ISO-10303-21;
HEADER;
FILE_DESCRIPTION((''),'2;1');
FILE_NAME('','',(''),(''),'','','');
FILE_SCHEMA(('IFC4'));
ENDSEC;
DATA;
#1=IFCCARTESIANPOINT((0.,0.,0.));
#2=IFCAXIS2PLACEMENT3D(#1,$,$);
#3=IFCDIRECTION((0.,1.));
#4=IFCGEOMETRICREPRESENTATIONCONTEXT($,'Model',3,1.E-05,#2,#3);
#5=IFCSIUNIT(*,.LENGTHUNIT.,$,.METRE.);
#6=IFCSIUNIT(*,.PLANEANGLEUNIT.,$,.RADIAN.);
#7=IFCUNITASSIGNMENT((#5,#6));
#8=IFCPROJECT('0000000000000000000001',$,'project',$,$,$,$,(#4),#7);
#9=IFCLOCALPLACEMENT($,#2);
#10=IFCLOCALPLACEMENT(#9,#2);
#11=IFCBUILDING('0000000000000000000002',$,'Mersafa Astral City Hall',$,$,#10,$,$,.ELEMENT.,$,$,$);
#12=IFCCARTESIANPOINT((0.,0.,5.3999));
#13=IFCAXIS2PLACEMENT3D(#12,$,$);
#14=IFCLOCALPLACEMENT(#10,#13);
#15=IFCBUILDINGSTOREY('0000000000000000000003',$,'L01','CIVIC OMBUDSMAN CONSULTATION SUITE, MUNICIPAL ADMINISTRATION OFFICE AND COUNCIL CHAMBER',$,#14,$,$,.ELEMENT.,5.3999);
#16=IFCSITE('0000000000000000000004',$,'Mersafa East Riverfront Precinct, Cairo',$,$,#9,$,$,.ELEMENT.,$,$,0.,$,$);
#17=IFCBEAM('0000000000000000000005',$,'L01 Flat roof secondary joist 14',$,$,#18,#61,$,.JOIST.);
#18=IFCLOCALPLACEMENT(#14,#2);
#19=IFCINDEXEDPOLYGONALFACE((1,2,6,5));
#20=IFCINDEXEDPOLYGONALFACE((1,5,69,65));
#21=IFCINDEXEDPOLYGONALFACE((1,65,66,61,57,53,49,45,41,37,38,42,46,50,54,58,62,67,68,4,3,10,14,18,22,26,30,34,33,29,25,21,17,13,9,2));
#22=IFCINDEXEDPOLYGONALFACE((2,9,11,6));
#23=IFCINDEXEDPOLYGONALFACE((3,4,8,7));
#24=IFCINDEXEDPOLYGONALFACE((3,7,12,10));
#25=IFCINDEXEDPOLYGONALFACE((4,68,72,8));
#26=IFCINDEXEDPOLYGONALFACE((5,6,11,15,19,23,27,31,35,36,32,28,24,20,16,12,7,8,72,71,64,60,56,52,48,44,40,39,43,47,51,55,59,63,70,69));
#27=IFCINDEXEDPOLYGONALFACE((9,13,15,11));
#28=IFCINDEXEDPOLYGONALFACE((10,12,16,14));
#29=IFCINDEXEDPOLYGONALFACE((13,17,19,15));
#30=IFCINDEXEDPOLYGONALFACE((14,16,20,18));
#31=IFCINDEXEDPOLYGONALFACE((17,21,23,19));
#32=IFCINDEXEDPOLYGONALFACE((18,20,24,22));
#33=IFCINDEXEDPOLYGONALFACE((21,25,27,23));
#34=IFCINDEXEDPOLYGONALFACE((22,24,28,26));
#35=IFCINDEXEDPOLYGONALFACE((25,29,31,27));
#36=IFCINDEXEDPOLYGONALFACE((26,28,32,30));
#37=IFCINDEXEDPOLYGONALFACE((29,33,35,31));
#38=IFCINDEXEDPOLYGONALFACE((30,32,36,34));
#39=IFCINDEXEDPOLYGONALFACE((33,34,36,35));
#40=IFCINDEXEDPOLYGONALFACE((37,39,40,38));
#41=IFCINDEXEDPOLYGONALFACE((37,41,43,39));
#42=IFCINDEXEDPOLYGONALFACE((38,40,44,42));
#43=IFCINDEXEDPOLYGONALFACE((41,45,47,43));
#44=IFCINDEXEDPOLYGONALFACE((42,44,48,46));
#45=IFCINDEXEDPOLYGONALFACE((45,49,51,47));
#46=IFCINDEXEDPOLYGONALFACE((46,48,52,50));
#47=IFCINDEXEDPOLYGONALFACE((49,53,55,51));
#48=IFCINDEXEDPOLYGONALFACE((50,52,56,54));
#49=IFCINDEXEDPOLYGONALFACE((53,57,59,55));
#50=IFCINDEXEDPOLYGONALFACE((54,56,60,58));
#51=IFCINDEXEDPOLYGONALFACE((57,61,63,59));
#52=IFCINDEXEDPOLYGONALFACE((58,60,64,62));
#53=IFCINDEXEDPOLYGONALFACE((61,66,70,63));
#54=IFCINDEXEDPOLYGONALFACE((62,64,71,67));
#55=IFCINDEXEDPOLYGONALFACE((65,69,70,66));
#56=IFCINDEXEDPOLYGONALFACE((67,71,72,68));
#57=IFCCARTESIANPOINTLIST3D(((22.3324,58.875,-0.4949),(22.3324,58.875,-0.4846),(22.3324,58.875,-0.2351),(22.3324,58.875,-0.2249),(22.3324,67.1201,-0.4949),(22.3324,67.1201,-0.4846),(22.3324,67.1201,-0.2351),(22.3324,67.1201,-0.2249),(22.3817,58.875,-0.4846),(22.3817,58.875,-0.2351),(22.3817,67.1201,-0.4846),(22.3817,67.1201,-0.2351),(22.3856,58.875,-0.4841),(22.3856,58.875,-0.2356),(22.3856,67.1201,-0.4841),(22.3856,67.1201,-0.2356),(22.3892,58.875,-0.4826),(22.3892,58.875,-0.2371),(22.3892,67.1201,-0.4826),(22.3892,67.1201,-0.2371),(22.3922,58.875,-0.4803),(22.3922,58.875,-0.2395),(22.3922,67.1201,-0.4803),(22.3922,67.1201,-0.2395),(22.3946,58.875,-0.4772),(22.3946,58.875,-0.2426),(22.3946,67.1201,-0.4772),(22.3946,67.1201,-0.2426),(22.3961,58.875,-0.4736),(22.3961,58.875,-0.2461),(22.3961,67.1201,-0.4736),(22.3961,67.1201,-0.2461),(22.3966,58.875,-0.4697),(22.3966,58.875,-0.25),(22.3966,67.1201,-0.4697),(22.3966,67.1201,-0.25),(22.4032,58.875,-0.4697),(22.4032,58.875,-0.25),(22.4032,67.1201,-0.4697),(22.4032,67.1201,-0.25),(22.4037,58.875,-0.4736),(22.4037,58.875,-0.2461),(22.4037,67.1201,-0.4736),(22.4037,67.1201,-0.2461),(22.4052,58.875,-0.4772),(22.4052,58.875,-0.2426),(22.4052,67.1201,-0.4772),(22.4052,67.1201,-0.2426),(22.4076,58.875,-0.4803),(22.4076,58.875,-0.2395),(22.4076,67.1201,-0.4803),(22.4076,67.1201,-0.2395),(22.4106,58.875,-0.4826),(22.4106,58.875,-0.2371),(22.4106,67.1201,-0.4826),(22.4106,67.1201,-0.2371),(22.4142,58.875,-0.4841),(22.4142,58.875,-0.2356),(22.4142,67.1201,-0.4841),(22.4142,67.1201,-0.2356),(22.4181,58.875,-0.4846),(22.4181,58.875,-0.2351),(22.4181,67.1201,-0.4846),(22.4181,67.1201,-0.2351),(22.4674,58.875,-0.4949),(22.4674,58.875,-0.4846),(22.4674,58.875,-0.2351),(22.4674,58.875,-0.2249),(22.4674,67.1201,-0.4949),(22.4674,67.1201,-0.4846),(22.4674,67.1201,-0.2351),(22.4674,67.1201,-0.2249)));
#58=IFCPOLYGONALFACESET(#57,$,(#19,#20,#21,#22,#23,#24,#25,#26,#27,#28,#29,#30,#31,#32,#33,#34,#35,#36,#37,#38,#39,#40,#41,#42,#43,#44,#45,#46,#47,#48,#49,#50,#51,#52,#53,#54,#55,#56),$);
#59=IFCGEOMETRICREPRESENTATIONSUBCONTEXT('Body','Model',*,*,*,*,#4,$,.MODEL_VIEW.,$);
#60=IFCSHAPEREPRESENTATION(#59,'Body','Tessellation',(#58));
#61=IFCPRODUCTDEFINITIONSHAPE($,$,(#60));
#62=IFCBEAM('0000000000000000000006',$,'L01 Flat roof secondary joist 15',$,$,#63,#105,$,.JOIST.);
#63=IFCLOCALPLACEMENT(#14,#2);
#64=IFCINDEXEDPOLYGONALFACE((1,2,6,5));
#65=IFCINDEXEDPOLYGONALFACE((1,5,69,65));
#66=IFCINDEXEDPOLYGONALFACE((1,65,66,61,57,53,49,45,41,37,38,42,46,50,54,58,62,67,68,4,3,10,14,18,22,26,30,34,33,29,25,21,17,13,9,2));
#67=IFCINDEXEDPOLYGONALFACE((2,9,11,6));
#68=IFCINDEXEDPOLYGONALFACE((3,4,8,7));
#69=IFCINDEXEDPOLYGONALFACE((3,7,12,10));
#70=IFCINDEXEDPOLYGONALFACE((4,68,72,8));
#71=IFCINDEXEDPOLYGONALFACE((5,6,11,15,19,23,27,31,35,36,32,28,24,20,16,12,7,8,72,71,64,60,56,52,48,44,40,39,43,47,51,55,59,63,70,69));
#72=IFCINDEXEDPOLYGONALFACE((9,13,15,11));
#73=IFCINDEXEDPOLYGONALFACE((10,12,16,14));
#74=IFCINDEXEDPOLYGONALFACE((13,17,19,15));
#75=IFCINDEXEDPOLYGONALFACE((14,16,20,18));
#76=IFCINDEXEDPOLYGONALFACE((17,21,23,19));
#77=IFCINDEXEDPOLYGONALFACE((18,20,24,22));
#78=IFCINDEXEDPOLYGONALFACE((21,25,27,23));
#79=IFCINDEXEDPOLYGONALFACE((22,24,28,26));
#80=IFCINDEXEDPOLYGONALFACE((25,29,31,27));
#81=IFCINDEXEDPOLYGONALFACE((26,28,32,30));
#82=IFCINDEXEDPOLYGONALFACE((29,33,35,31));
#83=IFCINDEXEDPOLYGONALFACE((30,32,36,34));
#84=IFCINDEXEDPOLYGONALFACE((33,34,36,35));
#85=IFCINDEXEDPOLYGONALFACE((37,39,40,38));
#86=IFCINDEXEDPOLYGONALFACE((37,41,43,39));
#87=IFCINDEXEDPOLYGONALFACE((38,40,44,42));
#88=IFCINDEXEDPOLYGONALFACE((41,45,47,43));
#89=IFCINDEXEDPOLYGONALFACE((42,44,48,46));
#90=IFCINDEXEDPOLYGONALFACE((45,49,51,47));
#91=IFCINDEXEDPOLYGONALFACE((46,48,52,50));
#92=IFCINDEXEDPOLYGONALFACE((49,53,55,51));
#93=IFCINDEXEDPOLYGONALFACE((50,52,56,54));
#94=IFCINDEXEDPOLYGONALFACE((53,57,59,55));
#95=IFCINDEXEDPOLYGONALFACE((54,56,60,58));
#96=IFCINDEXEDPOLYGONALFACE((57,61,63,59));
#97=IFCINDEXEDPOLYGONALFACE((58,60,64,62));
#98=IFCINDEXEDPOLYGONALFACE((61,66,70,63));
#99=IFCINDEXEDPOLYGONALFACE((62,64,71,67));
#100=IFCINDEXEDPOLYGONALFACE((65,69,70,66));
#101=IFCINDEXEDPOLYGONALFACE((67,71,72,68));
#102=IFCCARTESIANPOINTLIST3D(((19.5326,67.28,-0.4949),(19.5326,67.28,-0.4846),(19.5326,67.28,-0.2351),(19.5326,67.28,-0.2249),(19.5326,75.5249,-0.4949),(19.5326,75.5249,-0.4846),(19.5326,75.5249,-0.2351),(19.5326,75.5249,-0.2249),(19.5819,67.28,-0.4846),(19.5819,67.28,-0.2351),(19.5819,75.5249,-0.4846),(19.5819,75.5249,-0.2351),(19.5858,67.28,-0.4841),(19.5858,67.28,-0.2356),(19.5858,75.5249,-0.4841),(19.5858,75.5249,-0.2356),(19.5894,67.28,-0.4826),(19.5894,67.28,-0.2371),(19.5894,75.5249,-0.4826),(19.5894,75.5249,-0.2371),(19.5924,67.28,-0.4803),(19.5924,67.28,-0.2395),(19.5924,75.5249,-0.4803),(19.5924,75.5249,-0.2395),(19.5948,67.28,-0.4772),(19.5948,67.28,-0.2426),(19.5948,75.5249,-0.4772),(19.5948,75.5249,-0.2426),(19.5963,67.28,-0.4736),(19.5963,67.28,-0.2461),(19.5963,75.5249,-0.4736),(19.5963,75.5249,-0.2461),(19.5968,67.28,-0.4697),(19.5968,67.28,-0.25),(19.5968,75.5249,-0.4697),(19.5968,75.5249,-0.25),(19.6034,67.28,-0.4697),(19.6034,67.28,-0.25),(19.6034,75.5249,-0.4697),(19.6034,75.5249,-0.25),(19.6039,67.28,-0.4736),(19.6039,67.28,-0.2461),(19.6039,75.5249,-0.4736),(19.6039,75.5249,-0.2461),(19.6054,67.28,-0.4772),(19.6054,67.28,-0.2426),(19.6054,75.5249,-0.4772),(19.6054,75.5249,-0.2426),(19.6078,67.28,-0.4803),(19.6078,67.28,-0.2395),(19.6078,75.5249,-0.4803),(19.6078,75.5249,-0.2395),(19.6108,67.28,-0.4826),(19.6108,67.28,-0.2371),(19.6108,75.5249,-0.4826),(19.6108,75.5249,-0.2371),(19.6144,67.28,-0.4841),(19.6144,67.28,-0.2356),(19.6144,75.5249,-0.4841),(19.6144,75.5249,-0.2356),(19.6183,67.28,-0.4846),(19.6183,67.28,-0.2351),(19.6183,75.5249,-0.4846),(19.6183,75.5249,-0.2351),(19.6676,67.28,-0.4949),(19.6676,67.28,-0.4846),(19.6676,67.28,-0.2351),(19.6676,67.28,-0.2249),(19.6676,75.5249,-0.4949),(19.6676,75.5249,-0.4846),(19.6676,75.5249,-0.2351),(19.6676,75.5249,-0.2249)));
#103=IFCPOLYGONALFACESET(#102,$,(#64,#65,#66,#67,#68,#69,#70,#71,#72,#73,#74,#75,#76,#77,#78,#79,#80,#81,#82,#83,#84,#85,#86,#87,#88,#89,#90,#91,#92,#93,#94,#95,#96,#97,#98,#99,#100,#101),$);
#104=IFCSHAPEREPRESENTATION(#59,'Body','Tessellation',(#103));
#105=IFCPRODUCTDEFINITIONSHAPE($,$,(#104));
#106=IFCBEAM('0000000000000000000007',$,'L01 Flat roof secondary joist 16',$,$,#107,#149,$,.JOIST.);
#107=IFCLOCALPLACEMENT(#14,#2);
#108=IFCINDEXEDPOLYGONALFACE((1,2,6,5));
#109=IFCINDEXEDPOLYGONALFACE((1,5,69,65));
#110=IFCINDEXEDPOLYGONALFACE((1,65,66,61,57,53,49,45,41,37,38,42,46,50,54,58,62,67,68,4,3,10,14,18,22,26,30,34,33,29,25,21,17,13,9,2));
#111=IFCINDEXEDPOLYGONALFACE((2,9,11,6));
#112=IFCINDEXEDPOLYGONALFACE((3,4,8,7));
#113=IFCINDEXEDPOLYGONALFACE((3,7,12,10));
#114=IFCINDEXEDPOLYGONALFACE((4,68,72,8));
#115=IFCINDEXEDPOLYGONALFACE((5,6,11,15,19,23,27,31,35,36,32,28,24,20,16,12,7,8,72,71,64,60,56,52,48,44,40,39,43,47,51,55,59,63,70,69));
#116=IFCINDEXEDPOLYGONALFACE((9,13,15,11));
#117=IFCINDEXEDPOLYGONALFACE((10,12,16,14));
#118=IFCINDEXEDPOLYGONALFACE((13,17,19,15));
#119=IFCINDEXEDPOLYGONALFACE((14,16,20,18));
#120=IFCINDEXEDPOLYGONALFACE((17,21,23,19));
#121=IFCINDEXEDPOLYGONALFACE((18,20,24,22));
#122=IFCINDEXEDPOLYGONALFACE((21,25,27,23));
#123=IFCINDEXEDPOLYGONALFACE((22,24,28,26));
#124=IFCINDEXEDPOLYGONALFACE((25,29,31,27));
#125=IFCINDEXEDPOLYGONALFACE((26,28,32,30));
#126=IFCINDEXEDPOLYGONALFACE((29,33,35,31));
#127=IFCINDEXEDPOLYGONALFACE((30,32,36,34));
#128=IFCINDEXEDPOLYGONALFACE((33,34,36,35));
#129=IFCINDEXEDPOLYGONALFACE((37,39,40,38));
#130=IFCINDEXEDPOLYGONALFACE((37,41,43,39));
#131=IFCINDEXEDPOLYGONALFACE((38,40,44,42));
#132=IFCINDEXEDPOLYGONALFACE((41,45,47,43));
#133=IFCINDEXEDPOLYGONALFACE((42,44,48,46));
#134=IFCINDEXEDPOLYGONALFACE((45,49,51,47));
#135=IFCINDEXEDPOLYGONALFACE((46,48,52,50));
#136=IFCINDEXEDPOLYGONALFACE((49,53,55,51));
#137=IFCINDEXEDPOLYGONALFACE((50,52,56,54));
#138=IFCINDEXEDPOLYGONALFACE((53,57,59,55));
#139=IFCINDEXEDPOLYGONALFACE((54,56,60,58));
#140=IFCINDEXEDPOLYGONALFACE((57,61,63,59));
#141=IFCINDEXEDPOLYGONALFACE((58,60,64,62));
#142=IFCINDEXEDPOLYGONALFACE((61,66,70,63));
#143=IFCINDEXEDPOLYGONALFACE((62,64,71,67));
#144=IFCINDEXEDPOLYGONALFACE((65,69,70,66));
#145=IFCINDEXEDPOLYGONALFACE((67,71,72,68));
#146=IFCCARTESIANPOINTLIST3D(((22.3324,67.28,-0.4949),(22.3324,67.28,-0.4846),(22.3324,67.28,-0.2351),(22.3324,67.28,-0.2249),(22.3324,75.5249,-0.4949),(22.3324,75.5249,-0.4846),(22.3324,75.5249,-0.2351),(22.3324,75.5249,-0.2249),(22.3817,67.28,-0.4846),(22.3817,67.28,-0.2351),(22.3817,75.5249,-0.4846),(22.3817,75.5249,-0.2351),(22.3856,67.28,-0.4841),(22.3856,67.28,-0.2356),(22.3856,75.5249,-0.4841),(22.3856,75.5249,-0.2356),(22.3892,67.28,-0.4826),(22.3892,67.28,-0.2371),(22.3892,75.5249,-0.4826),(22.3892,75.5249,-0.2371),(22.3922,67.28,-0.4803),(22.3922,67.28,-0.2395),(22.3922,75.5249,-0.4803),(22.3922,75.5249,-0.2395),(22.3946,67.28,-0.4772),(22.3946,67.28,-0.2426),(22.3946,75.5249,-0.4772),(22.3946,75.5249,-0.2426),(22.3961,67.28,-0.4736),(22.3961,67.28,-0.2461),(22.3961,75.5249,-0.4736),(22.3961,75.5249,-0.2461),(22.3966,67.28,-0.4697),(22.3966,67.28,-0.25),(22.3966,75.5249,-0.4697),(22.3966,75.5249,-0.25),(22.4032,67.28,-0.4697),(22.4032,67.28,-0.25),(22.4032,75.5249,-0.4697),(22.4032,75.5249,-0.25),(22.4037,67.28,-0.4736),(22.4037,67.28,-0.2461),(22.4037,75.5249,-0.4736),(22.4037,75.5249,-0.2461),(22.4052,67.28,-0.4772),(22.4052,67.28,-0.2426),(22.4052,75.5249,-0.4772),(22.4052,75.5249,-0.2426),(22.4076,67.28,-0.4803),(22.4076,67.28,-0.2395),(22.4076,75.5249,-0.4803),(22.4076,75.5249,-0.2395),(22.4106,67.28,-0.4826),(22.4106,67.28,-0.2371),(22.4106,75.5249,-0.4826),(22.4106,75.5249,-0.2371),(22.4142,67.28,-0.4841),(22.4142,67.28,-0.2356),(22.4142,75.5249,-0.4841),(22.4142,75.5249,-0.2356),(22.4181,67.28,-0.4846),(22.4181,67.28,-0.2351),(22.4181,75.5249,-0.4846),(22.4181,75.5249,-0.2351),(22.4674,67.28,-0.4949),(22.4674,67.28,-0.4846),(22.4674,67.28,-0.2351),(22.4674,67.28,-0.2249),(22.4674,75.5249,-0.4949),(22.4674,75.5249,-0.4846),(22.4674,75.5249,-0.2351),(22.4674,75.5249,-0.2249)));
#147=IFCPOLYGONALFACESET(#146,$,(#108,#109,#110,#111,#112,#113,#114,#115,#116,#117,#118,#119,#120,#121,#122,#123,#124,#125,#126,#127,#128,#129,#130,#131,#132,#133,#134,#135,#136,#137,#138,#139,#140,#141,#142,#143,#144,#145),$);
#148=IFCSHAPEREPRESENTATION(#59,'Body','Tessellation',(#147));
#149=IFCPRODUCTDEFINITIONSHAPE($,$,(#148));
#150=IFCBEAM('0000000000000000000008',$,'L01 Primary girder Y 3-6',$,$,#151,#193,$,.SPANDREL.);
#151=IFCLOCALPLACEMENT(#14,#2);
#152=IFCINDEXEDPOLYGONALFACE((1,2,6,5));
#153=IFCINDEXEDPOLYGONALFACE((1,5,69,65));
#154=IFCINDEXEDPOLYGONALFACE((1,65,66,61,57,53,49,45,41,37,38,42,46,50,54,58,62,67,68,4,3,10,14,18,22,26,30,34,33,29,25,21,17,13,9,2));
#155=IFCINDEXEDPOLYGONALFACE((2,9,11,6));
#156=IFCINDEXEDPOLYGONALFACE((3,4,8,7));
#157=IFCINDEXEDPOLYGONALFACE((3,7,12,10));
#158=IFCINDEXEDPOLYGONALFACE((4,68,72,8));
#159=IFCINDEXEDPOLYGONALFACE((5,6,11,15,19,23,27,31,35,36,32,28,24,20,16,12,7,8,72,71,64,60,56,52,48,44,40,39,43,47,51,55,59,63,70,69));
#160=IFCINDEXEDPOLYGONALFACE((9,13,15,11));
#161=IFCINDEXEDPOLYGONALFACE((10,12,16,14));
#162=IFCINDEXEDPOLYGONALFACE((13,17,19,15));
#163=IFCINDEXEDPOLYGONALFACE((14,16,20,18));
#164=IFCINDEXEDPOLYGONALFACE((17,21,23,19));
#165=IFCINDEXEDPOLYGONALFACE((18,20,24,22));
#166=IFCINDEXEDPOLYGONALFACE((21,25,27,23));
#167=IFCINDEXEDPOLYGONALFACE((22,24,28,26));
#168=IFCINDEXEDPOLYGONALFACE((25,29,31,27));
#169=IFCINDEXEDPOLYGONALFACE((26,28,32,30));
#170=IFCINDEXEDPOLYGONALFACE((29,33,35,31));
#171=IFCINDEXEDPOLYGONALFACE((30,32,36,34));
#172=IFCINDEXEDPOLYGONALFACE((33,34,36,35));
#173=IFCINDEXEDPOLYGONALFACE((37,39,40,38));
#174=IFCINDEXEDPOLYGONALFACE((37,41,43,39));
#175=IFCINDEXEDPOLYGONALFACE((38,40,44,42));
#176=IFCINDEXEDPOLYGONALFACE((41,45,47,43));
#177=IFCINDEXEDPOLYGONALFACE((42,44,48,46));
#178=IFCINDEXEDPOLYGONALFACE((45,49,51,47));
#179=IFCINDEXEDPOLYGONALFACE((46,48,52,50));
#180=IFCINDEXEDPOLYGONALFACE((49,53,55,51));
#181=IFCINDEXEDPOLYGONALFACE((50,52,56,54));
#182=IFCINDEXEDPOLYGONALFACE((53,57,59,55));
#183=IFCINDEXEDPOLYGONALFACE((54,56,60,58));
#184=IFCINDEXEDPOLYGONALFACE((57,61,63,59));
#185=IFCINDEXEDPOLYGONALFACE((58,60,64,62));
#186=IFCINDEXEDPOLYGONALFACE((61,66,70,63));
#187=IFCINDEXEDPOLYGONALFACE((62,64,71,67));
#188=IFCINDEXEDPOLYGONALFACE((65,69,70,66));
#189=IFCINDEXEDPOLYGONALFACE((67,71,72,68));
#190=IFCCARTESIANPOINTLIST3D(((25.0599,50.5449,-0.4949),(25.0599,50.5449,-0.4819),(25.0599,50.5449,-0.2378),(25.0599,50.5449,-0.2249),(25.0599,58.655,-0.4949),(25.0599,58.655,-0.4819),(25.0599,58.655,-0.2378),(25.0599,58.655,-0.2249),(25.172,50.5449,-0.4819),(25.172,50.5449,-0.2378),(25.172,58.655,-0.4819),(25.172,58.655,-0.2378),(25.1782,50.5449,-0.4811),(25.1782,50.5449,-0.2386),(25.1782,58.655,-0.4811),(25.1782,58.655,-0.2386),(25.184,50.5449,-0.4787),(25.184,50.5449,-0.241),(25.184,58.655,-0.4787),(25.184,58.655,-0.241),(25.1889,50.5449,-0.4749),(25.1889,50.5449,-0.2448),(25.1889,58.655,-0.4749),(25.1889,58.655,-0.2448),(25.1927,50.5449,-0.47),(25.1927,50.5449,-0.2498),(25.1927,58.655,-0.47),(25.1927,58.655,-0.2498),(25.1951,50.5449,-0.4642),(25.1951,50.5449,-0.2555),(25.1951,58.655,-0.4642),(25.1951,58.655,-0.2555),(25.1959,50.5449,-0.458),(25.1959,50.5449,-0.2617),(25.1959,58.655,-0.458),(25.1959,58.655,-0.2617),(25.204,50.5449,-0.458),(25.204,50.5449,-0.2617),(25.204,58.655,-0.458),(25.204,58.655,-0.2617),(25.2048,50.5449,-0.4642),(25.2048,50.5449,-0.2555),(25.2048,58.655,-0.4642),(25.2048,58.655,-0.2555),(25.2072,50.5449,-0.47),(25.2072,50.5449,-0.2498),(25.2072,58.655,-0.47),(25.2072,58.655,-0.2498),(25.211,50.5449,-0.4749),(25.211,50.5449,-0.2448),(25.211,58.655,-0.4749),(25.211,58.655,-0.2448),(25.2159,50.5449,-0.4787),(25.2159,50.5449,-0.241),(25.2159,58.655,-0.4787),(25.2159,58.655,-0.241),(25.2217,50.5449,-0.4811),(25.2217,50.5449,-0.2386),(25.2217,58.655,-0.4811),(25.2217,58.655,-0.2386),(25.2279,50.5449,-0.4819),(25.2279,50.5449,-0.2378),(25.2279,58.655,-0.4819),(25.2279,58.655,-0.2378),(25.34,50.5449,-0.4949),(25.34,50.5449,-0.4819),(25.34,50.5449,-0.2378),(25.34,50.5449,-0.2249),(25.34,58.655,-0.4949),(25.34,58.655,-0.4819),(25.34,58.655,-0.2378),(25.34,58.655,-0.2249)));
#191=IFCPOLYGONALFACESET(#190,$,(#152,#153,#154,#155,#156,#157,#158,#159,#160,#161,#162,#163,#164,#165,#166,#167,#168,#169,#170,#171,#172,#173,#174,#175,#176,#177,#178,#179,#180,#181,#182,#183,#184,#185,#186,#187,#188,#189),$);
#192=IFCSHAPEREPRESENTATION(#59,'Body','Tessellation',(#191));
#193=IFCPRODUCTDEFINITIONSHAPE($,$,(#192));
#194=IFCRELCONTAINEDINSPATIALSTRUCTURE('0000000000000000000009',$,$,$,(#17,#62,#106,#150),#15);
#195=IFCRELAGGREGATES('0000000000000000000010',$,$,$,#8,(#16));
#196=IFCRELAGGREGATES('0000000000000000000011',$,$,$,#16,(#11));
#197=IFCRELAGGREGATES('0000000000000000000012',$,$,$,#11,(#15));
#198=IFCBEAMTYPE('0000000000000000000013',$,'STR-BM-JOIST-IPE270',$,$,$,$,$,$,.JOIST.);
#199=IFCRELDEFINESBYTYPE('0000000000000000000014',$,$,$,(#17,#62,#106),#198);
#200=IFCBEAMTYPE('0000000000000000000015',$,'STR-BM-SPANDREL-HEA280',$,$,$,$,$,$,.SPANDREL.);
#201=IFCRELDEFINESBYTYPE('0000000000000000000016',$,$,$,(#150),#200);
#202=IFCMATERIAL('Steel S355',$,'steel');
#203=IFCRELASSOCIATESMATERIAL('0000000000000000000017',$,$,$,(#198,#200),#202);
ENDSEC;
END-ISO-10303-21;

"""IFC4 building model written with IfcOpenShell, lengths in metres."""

from ifc_helpers import new_model, si_unit, direction, frame, origin, origin_2d, place, context, subcontext, project, spatial, i_section, extrude, material, material_profile, profile_set, type_object, element, save


model = new_model("IFC4")

# Units and contexts
model_context = context("Model", 3, precision=1e-05, world=origin(), true_north=direction((0.0, 1.0)))
body_context = subcontext(model_context, "Body", "Model", "MODEL_VIEW")
ifc_project = project(units=[si_unit("LENGTHUNIT", "METRE"), si_unit("PLANEANGLEUNIT", "RADIAN")], contexts=[model_context])

# Site, building, storey
site_placement = place(None, origin())
site = spatial("IfcSite", under=ifc_project, at=site_placement, Name="Mersafa East Riverfront Precinct, Cairo", CompositionType="ELEMENT", RefElevation=0.0)
building_placement = place(site_placement, origin())
building = spatial("IfcBuilding", under=site, at=building_placement, Name="Mersafa Astral City Hall", CompositionType="ELEMENT")
storey_placement = place(building_placement, frame((0.0, 0.0, 5.3999)))
storey = spatial("IfcBuildingStorey", under=building, at=storey_placement, Name="L01", Description="CIVIC OMBUDSMAN CONSULTATION SUITE, MUNICIPAL ADMINISTRATION OFFICE AND COUNCIL CHAMBER", CompositionType="ELEMENT", Elevation=5.3999)

# Shared definitions
ifc_material_1 = material(Name="Steel S355", Category="steel")

# Beams
ifc_material_profile_1 = material_profile(ifc_material_1, i_section(OverallWidth=0.135, OverallDepth=0.27, WebThickness=0.0066, FlangeThickness=0.0103, FilletRadius=0.0149, at=origin_2d()), Name="IPE 270")
ifc_profile_set_1 = profile_set([ifc_material_profile_1], Name="Steel S355")
beam_type_1 = type_object("IfcBeamType", Name="STR-BM-JOIST-IPE270", PredefinedType="JOIST", material=ifc_profile_set_1)
for number, where, z_axis, x_axis, name in (
    (1, (22.3999, 58.875, -0.3599), (0.0, 1.0, 0.0), (-1.0, 0.0, 0.0), "L01 Flat roof secondary joist 14"),
):
    element("IfcBeam", number, at=place(storey_placement, frame(where, z_axis=z_axis, x_axis=x_axis)), inside=storey, type_object=beam_type_1, Name=name, PredefinedType="JOIST", context=body_context, shape_type="SweptSolid", body=[
        extrude(i_section(OverallWidth=0.135, OverallDepth=0.27, WebThickness=0.0066, FlangeThickness=0.0103, FilletRadius=0.0149, at=origin_2d()), origin(), (0.0, 0.0, 1.0), 8.2451),
    ])
for number, where, z_axis, x_axis, name in (
    (2, (19.6001, 67.28, -0.3599), (0.0, 1.0, 0.0), (-1.0, 0.0, 0.0), "L01 Flat roof secondary joist 15"),
    (3, (22.3999, 67.28, -0.3599), (0.0, 1.0, 0.0), (-1.0, 0.0, 0.0), "L01 Flat roof secondary joist 16"),
):
    element("IfcBeam", number, at=place(storey_placement, frame(where, z_axis=z_axis, x_axis=x_axis)), inside=storey, type_object=beam_type_1, Name=name, PredefinedType="JOIST", context=body_context, shape_type="SweptSolid", body=[
        extrude(i_section(OverallWidth=0.135, OverallDepth=0.27, WebThickness=0.0066, FlangeThickness=0.0103, FilletRadius=0.0149, at=origin_2d()), origin(), (0.0, 0.0, 1.0), 8.2449),
    ])
ifc_material_profile_2 = material_profile(ifc_material_1, i_section(OverallWidth=0.28, OverallDepth=0.27, WebThickness=0.0081, FlangeThickness=0.0129, FilletRadius=0.0239, at=origin_2d()), Name="HEA 280")
ifc_profile_set_2 = profile_set([ifc_material_profile_2], Name="Steel S355")
beam_type_2 = type_object("IfcBeamType", Name="STR-BM-SPANDREL-HEA280", PredefinedType="SPANDREL", material=ifc_profile_set_2)
beam_1_placement = place(storey_placement, frame((25.2, 50.5449, -0.3599), z_axis=(0.0, 1.0, 0.0), x_axis=(-1.0, 0.0, 0.0)))
element("IfcBeam", 4, at=beam_1_placement, inside=storey, type_object=beam_type_2, Name="L01 Primary girder Y 3-6", PredefinedType="SPANDREL", context=body_context, shape_type="SweptSolid", body=[
    extrude(i_section(OverallWidth=0.28, OverallDepth=0.27, WebThickness=0.0081, FlangeThickness=0.0129, FilletRadius=0.0239, at=origin_2d()), origin(), (0.0, 0.0, 1.0), 8.1101),
])

save(model, "model.ifc")
